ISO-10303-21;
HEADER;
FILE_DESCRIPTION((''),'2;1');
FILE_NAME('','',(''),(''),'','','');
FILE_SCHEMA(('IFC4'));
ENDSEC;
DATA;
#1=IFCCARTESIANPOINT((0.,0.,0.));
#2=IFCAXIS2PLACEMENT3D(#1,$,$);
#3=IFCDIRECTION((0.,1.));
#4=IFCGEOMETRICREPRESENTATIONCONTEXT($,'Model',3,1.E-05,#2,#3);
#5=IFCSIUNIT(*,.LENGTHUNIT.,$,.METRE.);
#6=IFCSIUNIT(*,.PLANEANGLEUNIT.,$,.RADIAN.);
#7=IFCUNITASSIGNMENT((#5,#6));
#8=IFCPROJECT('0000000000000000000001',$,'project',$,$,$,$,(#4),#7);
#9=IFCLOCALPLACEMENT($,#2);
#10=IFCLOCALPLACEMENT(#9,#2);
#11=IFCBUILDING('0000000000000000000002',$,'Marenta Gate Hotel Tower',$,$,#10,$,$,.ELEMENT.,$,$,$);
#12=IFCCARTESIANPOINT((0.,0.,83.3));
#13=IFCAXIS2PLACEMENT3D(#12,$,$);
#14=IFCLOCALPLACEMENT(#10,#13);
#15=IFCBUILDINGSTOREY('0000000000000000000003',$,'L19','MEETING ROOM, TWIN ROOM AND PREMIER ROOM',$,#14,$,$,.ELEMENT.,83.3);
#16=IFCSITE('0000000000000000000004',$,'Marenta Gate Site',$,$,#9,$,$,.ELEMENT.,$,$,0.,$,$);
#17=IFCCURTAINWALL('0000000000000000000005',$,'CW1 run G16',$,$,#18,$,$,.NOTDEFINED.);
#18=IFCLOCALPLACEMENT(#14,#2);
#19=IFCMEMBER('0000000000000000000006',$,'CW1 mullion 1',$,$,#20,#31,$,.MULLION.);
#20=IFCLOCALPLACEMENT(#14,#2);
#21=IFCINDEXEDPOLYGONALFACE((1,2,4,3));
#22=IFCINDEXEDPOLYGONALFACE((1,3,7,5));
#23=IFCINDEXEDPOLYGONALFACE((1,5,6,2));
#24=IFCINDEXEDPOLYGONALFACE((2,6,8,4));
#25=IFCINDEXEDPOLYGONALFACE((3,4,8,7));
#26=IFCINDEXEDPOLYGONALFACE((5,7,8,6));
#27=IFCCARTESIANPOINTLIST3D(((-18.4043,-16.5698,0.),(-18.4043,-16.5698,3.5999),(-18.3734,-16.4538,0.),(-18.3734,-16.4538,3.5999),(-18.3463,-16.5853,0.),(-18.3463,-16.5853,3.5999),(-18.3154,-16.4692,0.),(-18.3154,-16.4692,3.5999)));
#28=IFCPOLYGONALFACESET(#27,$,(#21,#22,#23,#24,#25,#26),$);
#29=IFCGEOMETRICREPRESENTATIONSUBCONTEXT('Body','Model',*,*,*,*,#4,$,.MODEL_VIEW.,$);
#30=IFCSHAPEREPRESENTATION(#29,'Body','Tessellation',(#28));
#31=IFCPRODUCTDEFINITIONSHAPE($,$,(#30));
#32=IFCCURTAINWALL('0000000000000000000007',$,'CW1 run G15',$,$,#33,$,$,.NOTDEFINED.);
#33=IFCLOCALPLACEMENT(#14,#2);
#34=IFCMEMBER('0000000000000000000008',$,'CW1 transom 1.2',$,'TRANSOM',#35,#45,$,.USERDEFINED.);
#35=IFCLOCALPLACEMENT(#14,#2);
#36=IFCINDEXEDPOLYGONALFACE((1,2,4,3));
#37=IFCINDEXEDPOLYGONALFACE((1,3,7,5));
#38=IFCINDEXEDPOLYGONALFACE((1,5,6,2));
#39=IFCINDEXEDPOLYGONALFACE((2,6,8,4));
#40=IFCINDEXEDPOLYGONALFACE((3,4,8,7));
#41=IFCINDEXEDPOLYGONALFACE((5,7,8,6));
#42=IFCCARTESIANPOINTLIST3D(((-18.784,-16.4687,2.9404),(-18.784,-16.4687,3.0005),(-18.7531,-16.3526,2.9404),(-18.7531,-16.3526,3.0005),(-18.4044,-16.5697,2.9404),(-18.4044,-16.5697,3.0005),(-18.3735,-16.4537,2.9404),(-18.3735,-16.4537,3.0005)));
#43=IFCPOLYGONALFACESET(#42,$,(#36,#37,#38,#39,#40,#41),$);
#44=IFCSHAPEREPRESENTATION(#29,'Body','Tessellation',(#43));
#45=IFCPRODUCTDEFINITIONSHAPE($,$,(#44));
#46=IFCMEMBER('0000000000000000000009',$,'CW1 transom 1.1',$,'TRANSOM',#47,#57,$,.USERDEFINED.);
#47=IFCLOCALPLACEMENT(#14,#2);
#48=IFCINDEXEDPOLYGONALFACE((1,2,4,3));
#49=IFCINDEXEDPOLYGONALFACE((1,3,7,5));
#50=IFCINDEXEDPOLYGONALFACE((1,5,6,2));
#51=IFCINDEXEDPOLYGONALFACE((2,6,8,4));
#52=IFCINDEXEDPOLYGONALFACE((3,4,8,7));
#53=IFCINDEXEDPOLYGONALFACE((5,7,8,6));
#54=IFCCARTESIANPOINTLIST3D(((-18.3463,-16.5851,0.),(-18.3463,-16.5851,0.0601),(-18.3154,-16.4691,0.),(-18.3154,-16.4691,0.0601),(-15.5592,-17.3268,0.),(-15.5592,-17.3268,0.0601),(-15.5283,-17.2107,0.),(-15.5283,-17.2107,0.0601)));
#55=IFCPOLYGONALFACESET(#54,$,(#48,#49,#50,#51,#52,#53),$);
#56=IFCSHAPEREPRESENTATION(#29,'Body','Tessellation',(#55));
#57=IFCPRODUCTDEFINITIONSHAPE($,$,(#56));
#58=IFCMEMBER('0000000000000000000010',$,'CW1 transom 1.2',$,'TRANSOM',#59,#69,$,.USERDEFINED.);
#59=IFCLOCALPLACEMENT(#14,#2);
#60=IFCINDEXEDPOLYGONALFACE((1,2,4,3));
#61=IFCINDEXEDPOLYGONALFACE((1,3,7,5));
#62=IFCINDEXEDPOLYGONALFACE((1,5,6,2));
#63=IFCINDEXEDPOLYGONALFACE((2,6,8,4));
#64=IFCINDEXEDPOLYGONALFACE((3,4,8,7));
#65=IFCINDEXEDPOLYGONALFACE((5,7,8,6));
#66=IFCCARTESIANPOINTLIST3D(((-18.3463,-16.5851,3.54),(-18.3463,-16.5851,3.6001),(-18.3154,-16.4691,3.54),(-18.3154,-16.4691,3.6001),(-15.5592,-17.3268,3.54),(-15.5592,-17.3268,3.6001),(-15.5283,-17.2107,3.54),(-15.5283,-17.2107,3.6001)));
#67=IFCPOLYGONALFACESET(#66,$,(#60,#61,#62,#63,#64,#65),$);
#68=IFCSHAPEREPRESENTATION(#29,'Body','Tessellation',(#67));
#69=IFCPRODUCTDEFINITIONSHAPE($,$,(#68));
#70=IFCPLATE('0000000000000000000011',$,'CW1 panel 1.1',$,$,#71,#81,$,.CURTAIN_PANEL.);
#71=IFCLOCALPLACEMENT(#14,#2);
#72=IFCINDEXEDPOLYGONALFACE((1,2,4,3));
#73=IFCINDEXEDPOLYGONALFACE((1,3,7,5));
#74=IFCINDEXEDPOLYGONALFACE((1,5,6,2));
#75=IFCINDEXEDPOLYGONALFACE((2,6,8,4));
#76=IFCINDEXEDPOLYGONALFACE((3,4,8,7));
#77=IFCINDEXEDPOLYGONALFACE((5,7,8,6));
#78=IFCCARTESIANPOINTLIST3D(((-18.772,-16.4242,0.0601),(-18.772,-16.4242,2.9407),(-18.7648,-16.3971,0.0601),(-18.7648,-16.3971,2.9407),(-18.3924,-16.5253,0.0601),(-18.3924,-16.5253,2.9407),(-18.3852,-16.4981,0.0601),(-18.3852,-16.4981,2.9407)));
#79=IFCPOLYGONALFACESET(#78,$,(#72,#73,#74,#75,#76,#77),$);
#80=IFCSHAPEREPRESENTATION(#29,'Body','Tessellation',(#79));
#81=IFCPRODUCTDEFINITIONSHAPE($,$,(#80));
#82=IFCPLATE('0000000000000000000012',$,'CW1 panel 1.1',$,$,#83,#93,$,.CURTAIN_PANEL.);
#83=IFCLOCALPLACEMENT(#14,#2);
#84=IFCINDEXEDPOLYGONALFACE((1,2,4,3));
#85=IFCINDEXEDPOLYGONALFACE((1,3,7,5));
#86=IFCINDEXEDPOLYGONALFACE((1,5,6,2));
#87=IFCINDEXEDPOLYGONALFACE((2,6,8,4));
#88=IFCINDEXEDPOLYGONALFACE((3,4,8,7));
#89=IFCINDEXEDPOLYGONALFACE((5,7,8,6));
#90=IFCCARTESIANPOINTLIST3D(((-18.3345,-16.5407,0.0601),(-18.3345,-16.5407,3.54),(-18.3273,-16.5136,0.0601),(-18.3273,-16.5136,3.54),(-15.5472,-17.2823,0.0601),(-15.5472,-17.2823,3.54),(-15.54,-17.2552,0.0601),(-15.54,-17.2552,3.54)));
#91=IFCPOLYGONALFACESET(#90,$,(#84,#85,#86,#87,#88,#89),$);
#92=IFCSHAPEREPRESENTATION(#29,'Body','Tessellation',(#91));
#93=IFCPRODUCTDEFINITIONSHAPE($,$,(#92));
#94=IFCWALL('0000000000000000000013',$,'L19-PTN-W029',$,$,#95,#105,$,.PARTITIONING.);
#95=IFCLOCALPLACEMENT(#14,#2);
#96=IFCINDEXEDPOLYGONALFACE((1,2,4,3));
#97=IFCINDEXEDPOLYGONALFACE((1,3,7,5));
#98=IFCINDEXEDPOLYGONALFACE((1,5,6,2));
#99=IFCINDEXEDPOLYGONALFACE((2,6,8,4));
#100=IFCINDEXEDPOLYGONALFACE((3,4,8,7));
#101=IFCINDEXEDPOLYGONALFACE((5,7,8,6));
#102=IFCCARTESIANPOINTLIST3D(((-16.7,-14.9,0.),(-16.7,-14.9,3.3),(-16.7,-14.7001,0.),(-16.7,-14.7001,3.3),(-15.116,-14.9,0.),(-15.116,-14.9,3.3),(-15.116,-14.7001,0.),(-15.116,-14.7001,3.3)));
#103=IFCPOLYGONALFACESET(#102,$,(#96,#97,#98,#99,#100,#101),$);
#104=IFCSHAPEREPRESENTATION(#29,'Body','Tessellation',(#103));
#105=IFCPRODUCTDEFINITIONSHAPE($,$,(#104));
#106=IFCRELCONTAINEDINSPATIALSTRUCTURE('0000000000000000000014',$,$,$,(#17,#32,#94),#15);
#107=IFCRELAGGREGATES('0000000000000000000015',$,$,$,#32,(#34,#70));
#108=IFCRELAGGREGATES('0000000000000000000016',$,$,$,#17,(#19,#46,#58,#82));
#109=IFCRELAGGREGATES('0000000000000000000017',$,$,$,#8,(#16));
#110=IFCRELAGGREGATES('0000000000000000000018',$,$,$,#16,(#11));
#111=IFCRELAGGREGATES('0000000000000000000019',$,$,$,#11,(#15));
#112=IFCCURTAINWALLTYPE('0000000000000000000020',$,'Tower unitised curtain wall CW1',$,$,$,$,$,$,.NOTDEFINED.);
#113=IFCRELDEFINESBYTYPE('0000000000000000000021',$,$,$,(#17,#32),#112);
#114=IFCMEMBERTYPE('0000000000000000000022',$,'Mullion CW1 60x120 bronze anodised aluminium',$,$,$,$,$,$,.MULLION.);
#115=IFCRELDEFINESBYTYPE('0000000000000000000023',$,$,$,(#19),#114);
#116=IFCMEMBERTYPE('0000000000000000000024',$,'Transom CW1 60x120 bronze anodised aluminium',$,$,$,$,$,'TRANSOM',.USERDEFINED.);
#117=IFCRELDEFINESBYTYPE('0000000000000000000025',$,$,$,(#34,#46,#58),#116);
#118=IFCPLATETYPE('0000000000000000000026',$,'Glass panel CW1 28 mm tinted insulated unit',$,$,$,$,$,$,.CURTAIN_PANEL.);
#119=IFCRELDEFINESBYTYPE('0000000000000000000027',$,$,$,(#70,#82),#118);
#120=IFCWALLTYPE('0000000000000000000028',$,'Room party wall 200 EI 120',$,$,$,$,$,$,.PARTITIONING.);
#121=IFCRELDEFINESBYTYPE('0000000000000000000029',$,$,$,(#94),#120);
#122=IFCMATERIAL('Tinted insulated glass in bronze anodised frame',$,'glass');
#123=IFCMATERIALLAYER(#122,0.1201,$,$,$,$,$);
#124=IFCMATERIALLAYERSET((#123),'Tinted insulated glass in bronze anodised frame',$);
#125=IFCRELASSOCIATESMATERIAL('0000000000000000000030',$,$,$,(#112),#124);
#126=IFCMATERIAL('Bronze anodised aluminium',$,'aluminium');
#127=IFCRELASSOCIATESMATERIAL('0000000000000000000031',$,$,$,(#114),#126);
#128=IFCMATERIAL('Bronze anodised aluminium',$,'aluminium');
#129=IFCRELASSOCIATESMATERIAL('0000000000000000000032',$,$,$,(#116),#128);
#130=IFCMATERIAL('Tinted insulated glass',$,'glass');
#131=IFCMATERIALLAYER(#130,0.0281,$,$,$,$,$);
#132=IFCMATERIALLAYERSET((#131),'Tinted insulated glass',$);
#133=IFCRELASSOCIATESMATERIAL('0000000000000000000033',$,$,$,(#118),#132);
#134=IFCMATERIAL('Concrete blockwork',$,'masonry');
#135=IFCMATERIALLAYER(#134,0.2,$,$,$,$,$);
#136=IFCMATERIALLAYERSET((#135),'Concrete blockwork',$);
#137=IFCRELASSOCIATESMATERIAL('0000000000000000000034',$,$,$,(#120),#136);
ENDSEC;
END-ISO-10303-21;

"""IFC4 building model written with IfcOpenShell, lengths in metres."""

from ifc_helpers import new_model, si_unit, direction, frame, frame_2d, origin, origin_2d, place, context, subcontext, project, spatial, rectangle, extrude, material, layer, layer_set, material_profile, profile_set, type_object, element, aggregate, save


model = new_model("IFC4")

# Units and contexts
model_context = context("Model", 3, precision=1e-05, world=origin(), true_north=direction((0.0, 1.0)))
body_context = subcontext(model_context, "Body", "Model", "MODEL_VIEW")
ifc_project = project(units=[si_unit("LENGTHUNIT", "METRE"), si_unit("PLANEANGLEUNIT", "RADIAN")], contexts=[model_context])

# Site, building, storey
site_placement = place(None, origin())
site = spatial("IfcSite", under=ifc_project, at=site_placement, Name="Marenta Gate Site", CompositionType="ELEMENT", RefElevation=0.0)
building_placement = place(site_placement, origin())
building = spatial("IfcBuilding", under=site, at=building_placement, Name="Marenta Gate Hotel Tower", CompositionType="ELEMENT")
storey_placement = place(building_placement, frame((0.0, 0.0, 83.3)))
storey = spatial("IfcBuildingStorey", under=building, at=storey_placement, Name="L19", Description="MEETING ROOM, TWIN ROOM AND PREMIER ROOM", CompositionType="ELEMENT", Elevation=83.3)

# Curtain walls, members
ifc_material_1 = material(Name="Tinted insulated glass in bronze anodised frame", Category="glass")
ifc_layer_1 = layer(ifc_material_1, 0.1201)
ifc_layer_set_1 = layer_set([ifc_layer_1], Name="Tinted insulated glass in bronze anodised frame")
curtain_wall_type = type_object("IfcCurtainWallType", Name="Tower unitised curtain wall CW1", PredefinedType="NOTDEFINED", material=ifc_layer_set_1)
curtain_wall_1_placement = place(storey_placement, origin())
curtain_wall_1 = element("IfcCurtainWall", 1, at=curtain_wall_1_placement, inside=storey, type_object=curtain_wall_type, Name="CW1 run G16", PredefinedType="NOTDEFINED")
ifc_material_2 = material(Name="Bronze anodised aluminium", Category="aluminium")
ifc_material_profile_1 = material_profile(ifc_material_2, rectangle(XDim=0.1201, YDim=0.0601, at=origin_2d()), Name="Mullion CW1 60x120 bronze anodised aluminium")
ifc_profile_set_1 = profile_set([ifc_material_profile_1], Name="Bronze anodised aluminium")
member_type_1 = type_object("IfcMemberType", Name="Mullion CW1 60x120 bronze anodised aluminium", PredefinedType="MULLION", material=ifc_profile_set_1)
member_1_placement = place(storey_placement, frame((-18.3599, -16.5195, 0.0), z_axis=(0.0, 0.0, 1.0), x_axis=(0.257117, 0.96638, 0.0)))
member_1 = element("IfcMember", 2, at=member_1_placement, type_object=member_type_1, Name="CW1 mullion 1", PredefinedType="MULLION", context=body_context, shape_type="SweptSolid", body=[
    extrude(rectangle(XDim=0.1201, YDim=0.0601, at=origin_2d()), origin(), (0.0, 0.0, 1.0), 3.5999),
])
curtain_wall_2_placement = place(storey_placement, origin())
curtain_wall_2 = element("IfcCurtainWall", 3, at=curtain_wall_2_placement, inside=storey, type_object=curtain_wall_type, Name="CW1 run G15", PredefinedType="NOTDEFINED")
ifc_material_3 = material(Name="Bronze anodised aluminium", Category="aluminium")
ifc_material_profile_2 = material_profile(ifc_material_3, rectangle(XDim=0.1201, YDim=0.0601, at=origin_2d()), Name="Transom CW1 60x120 bronze anodised aluminium")
ifc_profile_set_2 = profile_set([ifc_material_profile_2], Name="Bronze anodised aluminium")
member_type_2 = type_object("IfcMemberType", Name="Transom CW1 60x120 bronze anodised aluminium", ElementType="TRANSOM", PredefinedType="USERDEFINED", material=ifc_profile_set_2)
member_2_placement = place(storey_placement, frame((-18.7686, -16.4106, 2.9705), z_axis=(0.966338, -0.257276, 0.0), x_axis=(0.257276, 0.966338, 0.0)))
member_2 = element("IfcMember", 4, at=member_2_placement, type_object=member_type_2, Name="CW1 transom 1.2", ObjectType="TRANSOM", PredefinedType="USERDEFINED", context=body_context, shape_type="SweptSolid", body=[
    extrude(rectangle(XDim=0.1201, YDim=0.0601, at=origin_2d()), origin(), (0.0, 0.0, 1.0), 0.3928),
])

# Members
member_3_placement = place(storey_placement, frame((-18.3308, -16.5271, 0.03), z_axis=(0.966367, -0.257167, 0.0), x_axis=(0.257167, 0.966367, 0.0)))
member_3 = element("IfcMember", 5, at=member_3_placement, type_object=member_type_2, Name="CW1 transom 1.1", ObjectType="TRANSOM", PredefinedType="USERDEFINED", context=body_context, shape_type="SweptSolid", body=[
    extrude(rectangle(XDim=0.1201, YDim=0.0601, at=origin_2d()), origin(), (0.0, 0.0, 1.0), 2.884),
])
member_4_placement = place(storey_placement, frame((-18.3308, -16.5271, 3.5701), z_axis=(0.966367, -0.257167, 0.0), x_axis=(0.257167, 0.966367, 0.0)))
member_4 = element("IfcMember", 6, at=member_4_placement, type_object=member_type_2, Name="CW1 transom 1.2", ObjectType="TRANSOM", PredefinedType="USERDEFINED", context=body_context, shape_type="SweptSolid", body=[
    extrude(rectangle(XDim=0.1201, YDim=0.0601, at=origin_2d()), origin(), (0.0, 0.0, 1.0), 2.884),
])

# Plates
ifc_material_4 = material(Name="Tinted insulated glass", Category="glass")
ifc_layer_2 = layer(ifc_material_4, 0.0281)
ifc_layer_set_2 = layer_set([ifc_layer_2], Name="Tinted insulated glass")
plate_type = type_object("IfcPlateType", Name="Glass panel CW1 28 mm tinted insulated unit", PredefinedType="CURTAIN_PANEL", material=ifc_layer_set_2)
plate_1_placement = place(storey_placement, frame((-18.5786, -16.4612, 0.0601), z_axis=(0.0, 0.0, 1.0), x_axis=(0.966356, -0.257209, 0.0)))
plate_1 = element("IfcPlate", 7, at=plate_1_placement, type_object=plate_type, Name="CW1 panel 1.1", PredefinedType="CURTAIN_PANEL", context=body_context, shape_type="SweptSolid", body=[
    extrude(rectangle(XDim=0.3928, YDim=0.0281, at=origin_2d()), origin(), (0.0, 0.0, 1.0), 2.8806),
])
aggregate(curtain_wall_2, [member_2, plate_1])
plate_2_placement = place(storey_placement, frame((-16.9373, -16.8979, 0.0601), z_axis=(0.0, 0.0, 1.0), x_axis=(0.96638, -0.257117, 0.0)))
plate_2 = element("IfcPlate", 8, at=plate_2_placement, type_object=plate_type, Name="CW1 panel 1.1", PredefinedType="CURTAIN_PANEL", context=body_context, shape_type="SweptSolid", body=[
    extrude(rectangle(XDim=2.8843, YDim=0.0281, at=origin_2d()), origin(), (0.0, 0.0, 1.0), 3.48),
])
aggregate(curtain_wall_1, [member_1, member_3, member_4, plate_2])

# Wall
ifc_material_5 = material(Name="Concrete blockwork", Category="masonry")
ifc_layer_3 = layer(ifc_material_5, 0.2)
ifc_layer_set_3 = layer_set([ifc_layer_3], Name="Concrete blockwork")
wall_type_1 = type_object("IfcWallType", Name="Room party wall 200 EI 120", PredefinedType="PARTITIONING", material=ifc_layer_set_3)
wall_1_placement = place(storey_placement, frame((-16.7, -14.8, 0.0), z_axis=(0.0, 0.0, 1.0), x_axis=(1.0, 0.0, 0.0)))
element("IfcWall", 9, at=wall_1_placement, inside=storey, type_object=wall_type_1, Name="L19-PTN-W029", PredefinedType="PARTITIONING", context=body_context, shape_type="SweptSolid", body=[
    extrude(rectangle(XDim=1.584, YDim=0.2, at=frame_2d((0.792, 0.0))), origin(), (0.0, 0.0, 1.0), 3.3),
])

save(model, "model.ifc")
